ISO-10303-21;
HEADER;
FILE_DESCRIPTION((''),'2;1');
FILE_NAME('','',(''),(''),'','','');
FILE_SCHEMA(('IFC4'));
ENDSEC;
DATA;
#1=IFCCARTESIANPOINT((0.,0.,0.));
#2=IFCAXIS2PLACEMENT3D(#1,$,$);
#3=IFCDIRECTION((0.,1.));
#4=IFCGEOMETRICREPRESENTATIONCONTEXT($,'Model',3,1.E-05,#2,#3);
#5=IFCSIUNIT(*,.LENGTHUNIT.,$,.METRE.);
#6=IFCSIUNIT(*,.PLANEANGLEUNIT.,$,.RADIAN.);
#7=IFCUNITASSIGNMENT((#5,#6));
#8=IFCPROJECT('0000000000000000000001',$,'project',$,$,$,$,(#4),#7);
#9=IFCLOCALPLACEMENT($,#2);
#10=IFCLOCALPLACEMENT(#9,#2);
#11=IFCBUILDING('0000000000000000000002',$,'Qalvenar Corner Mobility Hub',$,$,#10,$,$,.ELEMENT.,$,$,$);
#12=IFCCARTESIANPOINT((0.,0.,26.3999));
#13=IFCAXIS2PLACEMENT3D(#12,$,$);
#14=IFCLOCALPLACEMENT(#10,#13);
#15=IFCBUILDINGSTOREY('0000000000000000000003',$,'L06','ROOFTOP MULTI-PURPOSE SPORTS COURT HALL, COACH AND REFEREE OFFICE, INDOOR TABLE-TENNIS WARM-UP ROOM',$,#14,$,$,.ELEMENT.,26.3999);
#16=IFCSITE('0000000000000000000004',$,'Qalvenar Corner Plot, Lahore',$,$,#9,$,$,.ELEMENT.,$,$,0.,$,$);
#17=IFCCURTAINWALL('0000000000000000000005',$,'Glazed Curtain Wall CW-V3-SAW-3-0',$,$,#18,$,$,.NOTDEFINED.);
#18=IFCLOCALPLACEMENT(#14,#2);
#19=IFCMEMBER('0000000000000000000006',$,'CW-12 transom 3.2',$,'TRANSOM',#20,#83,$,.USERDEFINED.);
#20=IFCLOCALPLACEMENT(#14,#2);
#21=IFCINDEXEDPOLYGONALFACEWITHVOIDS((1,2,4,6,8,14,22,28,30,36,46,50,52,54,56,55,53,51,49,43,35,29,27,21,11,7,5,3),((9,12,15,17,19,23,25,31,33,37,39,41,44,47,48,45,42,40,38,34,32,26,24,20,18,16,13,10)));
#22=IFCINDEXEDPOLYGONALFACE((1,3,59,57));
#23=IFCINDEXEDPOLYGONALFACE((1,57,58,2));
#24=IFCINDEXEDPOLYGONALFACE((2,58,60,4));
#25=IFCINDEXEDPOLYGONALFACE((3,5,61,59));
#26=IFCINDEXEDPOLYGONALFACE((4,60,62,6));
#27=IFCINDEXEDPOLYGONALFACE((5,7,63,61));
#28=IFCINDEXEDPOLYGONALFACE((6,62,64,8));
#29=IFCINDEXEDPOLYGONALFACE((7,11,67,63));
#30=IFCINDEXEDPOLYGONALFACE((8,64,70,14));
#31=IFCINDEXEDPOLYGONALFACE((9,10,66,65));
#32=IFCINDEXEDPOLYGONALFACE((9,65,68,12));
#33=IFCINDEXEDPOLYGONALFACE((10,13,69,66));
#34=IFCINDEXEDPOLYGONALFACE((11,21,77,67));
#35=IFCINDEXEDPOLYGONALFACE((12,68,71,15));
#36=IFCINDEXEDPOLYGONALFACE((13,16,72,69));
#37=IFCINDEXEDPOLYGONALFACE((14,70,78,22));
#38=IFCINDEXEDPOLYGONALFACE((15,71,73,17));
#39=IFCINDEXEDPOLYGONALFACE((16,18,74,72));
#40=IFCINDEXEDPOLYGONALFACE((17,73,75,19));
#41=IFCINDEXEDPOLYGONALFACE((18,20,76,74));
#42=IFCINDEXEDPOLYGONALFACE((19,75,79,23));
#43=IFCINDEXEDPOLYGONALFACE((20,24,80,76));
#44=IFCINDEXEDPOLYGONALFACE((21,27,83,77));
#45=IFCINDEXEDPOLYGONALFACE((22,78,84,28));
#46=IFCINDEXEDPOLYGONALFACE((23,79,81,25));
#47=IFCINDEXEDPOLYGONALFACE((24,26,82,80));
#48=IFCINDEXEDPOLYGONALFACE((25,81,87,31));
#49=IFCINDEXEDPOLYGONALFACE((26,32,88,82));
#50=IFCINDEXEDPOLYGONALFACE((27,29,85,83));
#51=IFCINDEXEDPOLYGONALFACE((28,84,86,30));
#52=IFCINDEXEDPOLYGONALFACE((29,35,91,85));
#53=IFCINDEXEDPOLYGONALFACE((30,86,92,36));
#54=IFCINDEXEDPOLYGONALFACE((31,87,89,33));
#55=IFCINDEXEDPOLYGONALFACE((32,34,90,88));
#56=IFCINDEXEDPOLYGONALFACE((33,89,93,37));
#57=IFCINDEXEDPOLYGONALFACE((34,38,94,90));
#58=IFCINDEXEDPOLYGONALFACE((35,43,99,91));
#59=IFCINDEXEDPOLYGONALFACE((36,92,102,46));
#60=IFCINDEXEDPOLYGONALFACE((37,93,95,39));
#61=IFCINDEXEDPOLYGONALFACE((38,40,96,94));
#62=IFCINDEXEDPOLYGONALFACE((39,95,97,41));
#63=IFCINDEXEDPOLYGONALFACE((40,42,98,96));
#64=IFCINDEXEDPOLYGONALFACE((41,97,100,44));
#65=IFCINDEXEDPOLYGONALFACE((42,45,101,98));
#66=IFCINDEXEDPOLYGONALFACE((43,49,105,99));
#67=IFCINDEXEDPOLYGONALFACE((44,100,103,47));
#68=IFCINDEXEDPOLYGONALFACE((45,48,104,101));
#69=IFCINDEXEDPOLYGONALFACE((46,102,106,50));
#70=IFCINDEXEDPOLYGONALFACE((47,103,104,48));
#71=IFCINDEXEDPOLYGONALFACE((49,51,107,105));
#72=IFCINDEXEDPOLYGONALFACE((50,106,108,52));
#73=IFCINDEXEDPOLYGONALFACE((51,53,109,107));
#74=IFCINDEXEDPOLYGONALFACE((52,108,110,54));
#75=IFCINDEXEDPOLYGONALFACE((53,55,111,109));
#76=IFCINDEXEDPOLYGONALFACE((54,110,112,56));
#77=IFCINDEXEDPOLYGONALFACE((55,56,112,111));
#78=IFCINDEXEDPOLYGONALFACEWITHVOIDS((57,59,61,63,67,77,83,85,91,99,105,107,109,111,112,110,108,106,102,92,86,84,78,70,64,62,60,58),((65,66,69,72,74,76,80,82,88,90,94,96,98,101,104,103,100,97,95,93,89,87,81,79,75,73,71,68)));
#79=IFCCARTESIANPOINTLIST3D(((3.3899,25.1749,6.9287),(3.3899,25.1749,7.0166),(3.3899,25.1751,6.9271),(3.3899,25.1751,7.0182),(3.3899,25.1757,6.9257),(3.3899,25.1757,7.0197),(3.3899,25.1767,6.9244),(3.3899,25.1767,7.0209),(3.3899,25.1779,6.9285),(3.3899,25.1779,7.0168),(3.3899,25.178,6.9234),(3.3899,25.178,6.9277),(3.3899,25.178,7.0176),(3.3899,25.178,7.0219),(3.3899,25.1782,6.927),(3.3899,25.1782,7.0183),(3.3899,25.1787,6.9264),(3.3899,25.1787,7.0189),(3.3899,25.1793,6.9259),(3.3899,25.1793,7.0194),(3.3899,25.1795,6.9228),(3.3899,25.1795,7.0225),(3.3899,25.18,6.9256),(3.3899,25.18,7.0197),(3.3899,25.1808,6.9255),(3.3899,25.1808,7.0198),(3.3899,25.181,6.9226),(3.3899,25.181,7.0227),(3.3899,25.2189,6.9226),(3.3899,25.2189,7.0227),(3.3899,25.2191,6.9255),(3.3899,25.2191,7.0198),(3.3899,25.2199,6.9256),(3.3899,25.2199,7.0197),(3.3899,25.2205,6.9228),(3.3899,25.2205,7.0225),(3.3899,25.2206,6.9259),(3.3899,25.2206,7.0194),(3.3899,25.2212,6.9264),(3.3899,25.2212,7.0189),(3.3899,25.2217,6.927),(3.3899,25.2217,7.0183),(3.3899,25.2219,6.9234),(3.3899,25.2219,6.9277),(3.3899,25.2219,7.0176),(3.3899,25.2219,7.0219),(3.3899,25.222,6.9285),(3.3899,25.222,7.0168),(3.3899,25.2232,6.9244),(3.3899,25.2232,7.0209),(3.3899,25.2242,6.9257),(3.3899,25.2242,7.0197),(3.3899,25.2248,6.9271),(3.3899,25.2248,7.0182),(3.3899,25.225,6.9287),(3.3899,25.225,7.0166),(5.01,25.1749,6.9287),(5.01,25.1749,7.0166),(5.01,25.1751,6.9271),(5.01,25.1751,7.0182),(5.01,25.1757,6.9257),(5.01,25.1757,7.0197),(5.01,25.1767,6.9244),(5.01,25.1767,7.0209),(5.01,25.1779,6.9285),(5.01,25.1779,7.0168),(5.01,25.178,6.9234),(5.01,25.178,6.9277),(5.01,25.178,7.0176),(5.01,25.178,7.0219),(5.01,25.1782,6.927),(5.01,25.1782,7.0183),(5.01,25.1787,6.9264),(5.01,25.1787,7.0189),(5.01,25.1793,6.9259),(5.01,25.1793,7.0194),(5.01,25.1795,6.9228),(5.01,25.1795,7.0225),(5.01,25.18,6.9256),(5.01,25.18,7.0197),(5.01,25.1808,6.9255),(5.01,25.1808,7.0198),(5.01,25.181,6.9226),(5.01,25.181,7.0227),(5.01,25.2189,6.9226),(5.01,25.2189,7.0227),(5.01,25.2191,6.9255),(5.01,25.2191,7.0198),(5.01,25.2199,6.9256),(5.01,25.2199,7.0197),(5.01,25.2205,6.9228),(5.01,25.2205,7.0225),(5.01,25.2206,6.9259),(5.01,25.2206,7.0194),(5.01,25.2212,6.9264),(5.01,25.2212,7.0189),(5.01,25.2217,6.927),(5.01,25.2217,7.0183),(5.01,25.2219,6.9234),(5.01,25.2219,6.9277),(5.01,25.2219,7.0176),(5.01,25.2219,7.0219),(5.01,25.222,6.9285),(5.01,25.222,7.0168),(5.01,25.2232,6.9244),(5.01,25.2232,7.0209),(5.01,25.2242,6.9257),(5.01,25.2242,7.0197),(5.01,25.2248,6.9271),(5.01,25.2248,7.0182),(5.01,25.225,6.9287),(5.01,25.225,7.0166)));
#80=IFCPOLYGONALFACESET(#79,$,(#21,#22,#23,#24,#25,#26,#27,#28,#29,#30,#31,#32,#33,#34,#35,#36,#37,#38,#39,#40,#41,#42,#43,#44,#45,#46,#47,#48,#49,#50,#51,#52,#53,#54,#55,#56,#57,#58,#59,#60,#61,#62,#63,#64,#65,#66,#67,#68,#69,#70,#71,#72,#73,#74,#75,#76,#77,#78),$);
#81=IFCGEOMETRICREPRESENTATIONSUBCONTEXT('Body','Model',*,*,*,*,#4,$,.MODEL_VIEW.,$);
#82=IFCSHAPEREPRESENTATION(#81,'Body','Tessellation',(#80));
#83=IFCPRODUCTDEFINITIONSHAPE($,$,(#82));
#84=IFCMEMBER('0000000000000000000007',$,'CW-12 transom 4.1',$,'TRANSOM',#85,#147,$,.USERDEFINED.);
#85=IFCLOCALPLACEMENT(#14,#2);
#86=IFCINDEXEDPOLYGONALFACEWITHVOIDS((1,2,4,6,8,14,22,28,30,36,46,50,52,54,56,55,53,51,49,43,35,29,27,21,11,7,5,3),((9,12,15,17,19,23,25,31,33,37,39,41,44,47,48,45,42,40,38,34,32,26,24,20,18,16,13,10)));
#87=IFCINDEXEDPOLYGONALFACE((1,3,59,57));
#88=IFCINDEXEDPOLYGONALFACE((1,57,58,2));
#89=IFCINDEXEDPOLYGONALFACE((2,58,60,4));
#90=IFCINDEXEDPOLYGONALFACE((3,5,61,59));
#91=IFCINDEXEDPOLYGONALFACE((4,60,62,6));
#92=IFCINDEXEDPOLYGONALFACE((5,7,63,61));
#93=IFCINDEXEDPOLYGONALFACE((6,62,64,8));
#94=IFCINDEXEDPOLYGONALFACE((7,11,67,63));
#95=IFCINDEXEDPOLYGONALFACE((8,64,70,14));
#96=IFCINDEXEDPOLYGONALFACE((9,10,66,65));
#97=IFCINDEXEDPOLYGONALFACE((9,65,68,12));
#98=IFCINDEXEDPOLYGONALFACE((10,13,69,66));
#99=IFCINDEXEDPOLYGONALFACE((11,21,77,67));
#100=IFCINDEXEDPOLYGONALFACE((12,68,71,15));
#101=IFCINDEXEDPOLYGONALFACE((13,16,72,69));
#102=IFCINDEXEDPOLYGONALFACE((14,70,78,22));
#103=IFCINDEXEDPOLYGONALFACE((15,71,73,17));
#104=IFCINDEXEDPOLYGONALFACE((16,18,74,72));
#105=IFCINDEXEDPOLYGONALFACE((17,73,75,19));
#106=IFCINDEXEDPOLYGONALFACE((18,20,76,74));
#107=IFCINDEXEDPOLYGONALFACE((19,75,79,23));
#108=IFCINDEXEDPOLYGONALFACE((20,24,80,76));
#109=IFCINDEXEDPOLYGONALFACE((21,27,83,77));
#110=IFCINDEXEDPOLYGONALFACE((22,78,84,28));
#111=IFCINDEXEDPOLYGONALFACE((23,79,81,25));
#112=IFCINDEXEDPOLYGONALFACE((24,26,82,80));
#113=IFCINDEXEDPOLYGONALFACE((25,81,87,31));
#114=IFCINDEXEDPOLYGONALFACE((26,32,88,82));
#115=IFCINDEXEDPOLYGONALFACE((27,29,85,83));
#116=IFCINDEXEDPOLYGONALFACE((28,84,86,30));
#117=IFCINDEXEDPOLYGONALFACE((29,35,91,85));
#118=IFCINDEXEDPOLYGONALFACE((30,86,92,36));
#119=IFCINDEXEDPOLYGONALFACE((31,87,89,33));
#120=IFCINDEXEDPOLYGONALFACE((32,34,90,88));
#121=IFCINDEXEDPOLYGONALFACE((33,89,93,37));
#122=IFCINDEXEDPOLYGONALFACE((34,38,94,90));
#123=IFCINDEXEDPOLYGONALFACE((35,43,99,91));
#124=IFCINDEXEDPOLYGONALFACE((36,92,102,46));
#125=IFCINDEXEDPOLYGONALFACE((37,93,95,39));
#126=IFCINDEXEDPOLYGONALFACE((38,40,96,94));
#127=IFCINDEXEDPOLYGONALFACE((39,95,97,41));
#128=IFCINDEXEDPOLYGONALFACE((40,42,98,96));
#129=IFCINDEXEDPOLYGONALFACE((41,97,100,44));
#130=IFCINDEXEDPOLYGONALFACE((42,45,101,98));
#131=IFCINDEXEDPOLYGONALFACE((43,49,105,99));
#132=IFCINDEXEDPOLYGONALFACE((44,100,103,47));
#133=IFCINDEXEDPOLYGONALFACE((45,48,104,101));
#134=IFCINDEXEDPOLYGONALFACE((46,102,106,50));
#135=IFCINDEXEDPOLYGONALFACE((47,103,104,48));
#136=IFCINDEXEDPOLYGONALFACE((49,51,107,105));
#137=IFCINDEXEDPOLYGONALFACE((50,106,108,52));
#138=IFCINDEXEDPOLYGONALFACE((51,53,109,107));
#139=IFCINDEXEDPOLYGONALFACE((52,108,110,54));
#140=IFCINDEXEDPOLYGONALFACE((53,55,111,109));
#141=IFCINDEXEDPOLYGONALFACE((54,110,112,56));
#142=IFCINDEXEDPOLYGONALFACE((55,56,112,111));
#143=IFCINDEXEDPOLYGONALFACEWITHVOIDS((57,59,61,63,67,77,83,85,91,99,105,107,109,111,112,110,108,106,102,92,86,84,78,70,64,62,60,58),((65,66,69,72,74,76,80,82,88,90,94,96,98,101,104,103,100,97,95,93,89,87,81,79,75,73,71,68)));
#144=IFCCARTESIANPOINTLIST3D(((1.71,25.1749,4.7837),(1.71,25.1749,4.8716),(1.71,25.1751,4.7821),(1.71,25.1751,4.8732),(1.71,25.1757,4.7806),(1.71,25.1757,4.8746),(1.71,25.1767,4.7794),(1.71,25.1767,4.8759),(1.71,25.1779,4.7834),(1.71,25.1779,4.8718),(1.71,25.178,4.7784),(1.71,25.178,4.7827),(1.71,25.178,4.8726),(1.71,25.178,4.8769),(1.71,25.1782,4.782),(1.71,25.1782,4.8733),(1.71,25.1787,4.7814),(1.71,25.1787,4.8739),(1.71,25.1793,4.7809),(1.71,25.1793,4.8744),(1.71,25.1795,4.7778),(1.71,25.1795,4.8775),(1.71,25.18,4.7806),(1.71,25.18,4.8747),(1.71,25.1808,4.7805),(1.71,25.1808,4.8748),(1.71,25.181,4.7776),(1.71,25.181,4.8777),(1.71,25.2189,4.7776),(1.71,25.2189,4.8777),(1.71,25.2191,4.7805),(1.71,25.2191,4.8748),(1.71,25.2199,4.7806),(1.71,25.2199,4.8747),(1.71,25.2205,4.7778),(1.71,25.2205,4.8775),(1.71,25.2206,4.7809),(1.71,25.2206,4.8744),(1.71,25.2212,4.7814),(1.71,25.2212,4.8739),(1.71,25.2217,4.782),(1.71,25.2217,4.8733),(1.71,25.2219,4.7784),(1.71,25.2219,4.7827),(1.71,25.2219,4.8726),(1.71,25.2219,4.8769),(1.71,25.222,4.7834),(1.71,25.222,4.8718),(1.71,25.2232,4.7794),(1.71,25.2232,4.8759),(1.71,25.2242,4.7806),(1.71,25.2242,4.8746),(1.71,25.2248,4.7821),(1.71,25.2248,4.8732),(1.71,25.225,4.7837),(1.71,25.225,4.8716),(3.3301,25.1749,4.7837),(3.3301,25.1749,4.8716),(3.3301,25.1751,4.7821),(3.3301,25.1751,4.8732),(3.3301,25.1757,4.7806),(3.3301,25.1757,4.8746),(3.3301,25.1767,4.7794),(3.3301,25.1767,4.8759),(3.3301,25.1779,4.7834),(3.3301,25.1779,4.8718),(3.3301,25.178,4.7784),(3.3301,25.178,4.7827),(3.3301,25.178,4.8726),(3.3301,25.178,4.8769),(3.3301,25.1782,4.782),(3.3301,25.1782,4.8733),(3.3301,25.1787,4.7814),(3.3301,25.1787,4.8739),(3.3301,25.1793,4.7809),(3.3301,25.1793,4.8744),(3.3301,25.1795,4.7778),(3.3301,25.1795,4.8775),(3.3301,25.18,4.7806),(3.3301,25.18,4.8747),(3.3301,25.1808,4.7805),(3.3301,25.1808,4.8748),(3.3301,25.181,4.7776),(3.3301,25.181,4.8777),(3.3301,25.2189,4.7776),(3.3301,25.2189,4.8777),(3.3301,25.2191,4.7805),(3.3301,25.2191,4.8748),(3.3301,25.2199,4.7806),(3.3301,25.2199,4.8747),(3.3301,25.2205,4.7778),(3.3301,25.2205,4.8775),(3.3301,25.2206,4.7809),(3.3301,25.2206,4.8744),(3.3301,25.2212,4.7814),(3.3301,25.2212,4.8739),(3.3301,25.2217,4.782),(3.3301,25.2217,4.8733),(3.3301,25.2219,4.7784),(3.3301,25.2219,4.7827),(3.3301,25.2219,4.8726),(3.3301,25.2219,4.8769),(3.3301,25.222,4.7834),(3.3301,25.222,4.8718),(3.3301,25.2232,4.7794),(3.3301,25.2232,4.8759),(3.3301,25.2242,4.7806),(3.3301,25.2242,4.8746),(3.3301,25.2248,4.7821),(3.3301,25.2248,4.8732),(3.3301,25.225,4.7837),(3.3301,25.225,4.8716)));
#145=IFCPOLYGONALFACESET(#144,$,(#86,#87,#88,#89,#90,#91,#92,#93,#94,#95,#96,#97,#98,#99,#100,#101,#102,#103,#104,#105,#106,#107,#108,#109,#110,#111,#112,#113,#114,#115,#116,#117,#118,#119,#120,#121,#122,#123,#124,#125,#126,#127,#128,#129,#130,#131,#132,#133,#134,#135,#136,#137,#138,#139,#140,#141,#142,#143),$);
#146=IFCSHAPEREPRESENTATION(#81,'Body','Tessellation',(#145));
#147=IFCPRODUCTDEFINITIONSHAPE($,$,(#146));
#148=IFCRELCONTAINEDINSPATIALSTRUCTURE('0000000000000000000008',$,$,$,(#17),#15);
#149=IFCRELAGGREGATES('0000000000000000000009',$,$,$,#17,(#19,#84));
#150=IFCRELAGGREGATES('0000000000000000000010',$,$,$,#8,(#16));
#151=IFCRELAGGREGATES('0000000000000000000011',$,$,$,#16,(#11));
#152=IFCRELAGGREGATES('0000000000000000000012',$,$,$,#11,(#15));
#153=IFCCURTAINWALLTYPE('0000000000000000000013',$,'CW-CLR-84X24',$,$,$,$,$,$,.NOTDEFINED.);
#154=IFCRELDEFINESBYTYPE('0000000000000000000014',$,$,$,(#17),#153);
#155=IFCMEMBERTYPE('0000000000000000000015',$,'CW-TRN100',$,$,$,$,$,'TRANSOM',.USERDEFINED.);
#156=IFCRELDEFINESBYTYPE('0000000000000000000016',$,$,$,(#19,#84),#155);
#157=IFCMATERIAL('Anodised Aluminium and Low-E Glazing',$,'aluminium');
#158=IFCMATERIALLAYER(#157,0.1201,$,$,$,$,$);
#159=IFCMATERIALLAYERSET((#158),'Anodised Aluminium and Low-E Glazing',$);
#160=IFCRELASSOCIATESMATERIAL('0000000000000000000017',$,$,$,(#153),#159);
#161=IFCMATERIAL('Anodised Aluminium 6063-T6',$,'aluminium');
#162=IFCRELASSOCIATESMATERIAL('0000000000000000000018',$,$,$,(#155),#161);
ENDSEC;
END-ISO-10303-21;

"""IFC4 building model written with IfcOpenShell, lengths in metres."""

from ifc_helpers import new_model, si_unit, direction, frame, origin, origin_2d, place, context, subcontext, project, spatial, hollow_rectangle, extrude, material, layer, layer_set, material_profile, profile_set, type_object, element, aggregate, save


model = new_model("IFC4")

# Units and contexts
model_context = context("Model", 3, precision=1e-05, world=origin(), true_north=direction((0.0, 1.0)))
body_context = subcontext(model_context, "Body", "Model", "MODEL_VIEW")
ifc_project = project(units=[si_unit("LENGTHUNIT", "METRE"), si_unit("PLANEANGLEUNIT", "RADIAN")], contexts=[model_context])

# Site, building, storey
site_placement = place(None, origin())
site = spatial("IfcSite", under=ifc_project, at=site_placement, Name="Qalvenar Corner Plot, Lahore", CompositionType="ELEMENT", RefElevation=0.0)
building_placement = place(site_placement, origin())
building = spatial("IfcBuilding", under=site, at=building_placement, Name="Qalvenar Corner Mobility Hub", CompositionType="ELEMENT")
storey_placement = place(building_placement, frame((0.0, 0.0, 26.3999)))
storey = spatial("IfcBuildingStorey", under=building, at=storey_placement, Name="L06", Description="ROOFTOP MULTI-PURPOSE SPORTS COURT HALL, COACH AND REFEREE OFFICE, INDOOR TABLE-TENNIS WARM-UP ROOM", CompositionType="ELEMENT", Elevation=26.3999)

# Curtain wall
ifc_material_1 = material(Name="Anodised Aluminium and Low-E Glazing", Category="aluminium")
ifc_layer_1 = layer(ifc_material_1, 0.1201)
ifc_layer_set_1 = layer_set([ifc_layer_1], Name="Anodised Aluminium and Low-E Glazing")
curtain_wall_type_1 = type_object("IfcCurtainWallType", Name="CW-CLR-84X24", PredefinedType="NOTDEFINED", material=ifc_layer_set_1)
curtain_wall_1_placement = place(storey_placement, origin())
curtain_wall_1 = element("IfcCurtainWall", 1, at=curtain_wall_1_placement, inside=storey, type_object=curtain_wall_type_1, Name="Glazed Curtain Wall CW-V3-SAW-3-0", PredefinedType="NOTDEFINED")
ifc_material_2 = material(Name="Anodised Aluminium 6063-T6", Category="aluminium")

# Members
ifc_material_profile_1 = material_profile(ifc_material_2, hollow_rectangle(XDim=0.05, YDim=0.1001, WallThickness=0.0029, InnerFilletRadius=0.0029, OuterFilletRadius=0.0061, at=origin_2d()), Name="RHS100x50x3")
ifc_profile_set_1 = profile_set([ifc_material_profile_1], Name="Anodised Aluminium 6063-T6")
member_type_1 = type_object("IfcMemberType", Name="CW-TRN100", ElementType="TRANSOM", PredefinedType="USERDEFINED", material=ifc_profile_set_1)
member_1_placement = place(storey_placement, frame((5.01, 25.2, 6.9727), z_axis=(-1.0, 0.0, 0.0), x_axis=(0.0, -1.0, 0.0)))
member_1 = element("IfcMember", 2, at=member_1_placement, type_object=member_type_1, Name="CW-12 transom 3.2", ObjectType="TRANSOM", PredefinedType="USERDEFINED", context=body_context, shape_type="SweptSolid", body=[
    extrude(hollow_rectangle(XDim=0.05, YDim=0.1001, WallThickness=0.0029, InnerFilletRadius=0.0029, OuterFilletRadius=0.0061, at=origin_2d()), origin(), (0.0, 0.0, 1.0), 1.6201),
])
member_2_placement = place(storey_placement, frame((3.3301, 25.2, 4.8276), z_axis=(-1.0, 0.0, 0.0), x_axis=(0.0, -1.0, 0.0)))
member_2 = element("IfcMember", 3, at=member_2_placement, type_object=member_type_1, Name="CW-12 transom 4.1", ObjectType="TRANSOM", PredefinedType="USERDEFINED", context=body_context, shape_type="SweptSolid", body=[
    extrude(hollow_rectangle(XDim=0.05, YDim=0.1001, WallThickness=0.0029, InnerFilletRadius=0.0029, OuterFilletRadius=0.0061, at=origin_2d()), origin(), (0.0, 0.0, 1.0), 1.6201),
])

aggregate(curtain_wall_1, [member_1, member_2])

save(model, "model.ifc")
